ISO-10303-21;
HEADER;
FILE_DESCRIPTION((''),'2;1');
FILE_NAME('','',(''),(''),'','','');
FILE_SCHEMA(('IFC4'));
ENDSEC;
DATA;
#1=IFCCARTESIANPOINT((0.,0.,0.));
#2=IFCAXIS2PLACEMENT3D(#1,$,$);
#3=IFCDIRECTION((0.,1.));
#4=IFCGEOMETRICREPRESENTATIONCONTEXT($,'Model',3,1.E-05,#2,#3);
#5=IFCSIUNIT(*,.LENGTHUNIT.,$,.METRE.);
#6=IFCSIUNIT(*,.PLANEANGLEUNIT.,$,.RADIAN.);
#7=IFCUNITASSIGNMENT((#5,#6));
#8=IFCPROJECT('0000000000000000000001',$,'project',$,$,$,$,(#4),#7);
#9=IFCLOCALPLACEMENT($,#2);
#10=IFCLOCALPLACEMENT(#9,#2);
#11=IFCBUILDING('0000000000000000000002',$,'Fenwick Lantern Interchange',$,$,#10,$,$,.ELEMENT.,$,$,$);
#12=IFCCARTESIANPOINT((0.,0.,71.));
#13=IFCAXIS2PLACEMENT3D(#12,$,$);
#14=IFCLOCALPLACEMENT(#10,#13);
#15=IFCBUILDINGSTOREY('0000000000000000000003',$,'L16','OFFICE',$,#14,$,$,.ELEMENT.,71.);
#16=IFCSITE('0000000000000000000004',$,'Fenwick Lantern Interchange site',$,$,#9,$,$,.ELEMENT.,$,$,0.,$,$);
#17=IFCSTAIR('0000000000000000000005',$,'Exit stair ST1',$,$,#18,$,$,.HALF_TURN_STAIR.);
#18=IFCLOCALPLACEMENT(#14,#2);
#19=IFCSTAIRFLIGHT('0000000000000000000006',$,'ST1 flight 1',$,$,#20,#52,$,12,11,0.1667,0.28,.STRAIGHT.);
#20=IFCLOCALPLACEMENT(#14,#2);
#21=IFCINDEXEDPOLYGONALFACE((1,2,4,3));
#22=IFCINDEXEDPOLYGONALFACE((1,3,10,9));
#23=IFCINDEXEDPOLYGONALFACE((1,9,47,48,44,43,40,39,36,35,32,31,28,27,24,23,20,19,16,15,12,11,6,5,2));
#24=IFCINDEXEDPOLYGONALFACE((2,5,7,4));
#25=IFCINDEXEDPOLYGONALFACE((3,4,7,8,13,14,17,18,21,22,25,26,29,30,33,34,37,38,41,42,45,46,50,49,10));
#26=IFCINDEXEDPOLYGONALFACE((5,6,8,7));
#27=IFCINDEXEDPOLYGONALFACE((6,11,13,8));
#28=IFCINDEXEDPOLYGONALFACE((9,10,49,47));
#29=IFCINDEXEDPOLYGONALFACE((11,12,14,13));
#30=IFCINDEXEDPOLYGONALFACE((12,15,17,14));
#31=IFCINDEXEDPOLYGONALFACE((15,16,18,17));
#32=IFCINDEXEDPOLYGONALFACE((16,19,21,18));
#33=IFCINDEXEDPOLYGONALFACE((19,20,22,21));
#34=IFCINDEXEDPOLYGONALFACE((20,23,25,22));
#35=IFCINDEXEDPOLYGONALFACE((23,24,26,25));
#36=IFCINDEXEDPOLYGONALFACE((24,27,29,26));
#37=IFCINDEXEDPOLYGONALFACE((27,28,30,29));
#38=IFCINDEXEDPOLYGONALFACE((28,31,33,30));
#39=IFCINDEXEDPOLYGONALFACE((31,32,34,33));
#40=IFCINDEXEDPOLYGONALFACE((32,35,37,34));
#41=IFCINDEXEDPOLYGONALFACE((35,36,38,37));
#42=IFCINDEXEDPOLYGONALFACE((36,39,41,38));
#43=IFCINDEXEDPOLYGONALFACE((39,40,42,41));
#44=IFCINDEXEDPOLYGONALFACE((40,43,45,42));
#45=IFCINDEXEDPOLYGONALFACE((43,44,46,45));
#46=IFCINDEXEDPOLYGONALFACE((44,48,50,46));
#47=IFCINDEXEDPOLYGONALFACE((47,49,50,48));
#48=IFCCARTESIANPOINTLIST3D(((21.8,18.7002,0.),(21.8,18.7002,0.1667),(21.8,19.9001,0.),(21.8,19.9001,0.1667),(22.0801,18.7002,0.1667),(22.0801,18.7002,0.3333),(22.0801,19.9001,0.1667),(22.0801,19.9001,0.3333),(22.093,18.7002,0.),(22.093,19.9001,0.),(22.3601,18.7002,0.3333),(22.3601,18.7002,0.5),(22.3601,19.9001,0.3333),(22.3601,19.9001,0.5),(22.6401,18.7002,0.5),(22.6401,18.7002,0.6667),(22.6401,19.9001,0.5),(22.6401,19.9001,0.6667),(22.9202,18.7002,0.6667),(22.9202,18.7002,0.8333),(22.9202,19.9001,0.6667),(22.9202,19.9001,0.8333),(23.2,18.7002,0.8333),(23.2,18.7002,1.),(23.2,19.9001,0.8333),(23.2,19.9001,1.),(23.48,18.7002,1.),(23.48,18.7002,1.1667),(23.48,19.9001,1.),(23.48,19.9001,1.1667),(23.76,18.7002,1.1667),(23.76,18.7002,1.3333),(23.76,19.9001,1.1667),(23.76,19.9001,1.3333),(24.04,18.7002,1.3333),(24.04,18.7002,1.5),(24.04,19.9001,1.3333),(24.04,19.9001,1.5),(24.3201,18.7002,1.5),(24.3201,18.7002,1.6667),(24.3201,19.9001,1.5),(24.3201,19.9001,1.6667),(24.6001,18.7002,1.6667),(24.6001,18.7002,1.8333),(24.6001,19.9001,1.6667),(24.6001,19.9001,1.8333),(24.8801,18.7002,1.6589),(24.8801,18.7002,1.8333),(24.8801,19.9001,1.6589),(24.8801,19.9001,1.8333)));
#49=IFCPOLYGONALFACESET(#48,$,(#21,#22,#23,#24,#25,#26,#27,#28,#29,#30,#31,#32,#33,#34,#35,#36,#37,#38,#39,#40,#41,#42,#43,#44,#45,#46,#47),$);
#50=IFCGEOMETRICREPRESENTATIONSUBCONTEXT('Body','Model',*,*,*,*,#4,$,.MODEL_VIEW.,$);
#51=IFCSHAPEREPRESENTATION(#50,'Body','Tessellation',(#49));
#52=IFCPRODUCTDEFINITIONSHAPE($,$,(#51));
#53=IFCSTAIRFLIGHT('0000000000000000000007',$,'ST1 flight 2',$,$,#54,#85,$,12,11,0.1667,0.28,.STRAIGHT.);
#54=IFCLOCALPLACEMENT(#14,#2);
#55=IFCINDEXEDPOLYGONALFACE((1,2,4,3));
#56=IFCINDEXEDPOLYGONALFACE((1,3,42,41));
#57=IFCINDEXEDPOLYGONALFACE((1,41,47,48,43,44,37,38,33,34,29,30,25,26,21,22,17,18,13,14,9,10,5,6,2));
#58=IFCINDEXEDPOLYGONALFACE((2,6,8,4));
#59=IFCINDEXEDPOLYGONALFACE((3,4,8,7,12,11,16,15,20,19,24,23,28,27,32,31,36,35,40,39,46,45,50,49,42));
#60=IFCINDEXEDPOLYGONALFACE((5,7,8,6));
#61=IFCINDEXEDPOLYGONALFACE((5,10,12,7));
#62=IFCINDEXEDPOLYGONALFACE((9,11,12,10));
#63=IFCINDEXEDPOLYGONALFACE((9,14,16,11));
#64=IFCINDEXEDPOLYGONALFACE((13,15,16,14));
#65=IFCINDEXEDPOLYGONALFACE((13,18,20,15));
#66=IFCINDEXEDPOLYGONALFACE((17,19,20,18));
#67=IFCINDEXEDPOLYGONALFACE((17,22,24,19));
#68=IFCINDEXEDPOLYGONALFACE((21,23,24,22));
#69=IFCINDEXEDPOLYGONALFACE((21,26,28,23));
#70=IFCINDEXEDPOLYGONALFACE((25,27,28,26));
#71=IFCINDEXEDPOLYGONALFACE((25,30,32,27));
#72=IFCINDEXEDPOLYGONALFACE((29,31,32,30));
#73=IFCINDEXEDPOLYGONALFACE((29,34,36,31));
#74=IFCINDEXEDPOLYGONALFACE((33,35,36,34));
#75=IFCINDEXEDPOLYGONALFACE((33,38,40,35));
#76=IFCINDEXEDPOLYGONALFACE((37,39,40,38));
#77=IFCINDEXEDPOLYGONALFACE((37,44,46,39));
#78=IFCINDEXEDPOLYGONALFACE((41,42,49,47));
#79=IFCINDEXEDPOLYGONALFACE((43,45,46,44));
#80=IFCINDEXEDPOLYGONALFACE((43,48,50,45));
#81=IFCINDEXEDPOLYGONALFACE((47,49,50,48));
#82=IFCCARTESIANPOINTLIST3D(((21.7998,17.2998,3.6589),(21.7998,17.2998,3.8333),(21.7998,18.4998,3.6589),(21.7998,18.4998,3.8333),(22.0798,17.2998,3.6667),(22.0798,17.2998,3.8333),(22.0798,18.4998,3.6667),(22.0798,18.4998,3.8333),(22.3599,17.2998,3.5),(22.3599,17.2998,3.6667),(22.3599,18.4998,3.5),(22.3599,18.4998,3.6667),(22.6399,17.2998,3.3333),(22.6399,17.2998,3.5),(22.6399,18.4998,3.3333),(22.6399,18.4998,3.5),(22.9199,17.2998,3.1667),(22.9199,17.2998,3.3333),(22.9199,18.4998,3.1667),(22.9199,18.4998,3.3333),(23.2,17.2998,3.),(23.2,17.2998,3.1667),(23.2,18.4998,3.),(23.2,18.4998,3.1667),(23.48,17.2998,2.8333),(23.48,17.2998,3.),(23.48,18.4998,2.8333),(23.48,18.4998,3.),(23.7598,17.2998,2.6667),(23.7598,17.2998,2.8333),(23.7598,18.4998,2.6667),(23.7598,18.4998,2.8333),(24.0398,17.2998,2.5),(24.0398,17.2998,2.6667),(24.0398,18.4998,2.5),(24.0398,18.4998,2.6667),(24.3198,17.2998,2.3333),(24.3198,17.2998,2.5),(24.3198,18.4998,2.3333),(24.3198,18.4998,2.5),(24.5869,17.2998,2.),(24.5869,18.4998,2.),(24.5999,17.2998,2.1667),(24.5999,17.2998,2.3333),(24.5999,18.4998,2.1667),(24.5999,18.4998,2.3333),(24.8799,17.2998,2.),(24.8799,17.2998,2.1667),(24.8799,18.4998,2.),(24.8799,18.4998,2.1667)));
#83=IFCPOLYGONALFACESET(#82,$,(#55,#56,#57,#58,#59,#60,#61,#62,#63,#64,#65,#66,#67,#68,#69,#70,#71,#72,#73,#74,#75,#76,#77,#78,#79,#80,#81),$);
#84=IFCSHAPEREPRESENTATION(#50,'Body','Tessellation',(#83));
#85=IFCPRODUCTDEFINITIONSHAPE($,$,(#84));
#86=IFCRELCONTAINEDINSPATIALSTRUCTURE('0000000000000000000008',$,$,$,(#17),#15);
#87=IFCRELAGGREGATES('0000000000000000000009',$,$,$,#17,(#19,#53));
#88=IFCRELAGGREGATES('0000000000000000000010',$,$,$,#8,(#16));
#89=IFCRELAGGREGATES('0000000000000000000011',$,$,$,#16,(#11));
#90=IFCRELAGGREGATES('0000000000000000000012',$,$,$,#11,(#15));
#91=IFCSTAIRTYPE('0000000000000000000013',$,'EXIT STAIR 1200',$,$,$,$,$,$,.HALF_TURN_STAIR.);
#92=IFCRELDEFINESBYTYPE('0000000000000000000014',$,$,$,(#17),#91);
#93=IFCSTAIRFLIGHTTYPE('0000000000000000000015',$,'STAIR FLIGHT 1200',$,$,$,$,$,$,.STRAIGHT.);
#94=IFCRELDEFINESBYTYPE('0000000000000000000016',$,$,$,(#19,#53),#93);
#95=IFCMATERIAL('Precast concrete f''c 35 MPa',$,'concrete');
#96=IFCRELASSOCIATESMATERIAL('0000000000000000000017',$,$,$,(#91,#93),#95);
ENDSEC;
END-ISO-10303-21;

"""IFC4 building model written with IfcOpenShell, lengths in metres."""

from ifc_helpers import new_model, si_unit, direction, frame, origin, place, context, subcontext, project, spatial, polyline, outline, extrude, material, type_object, element, aggregate, save


model = new_model("IFC4")

# Units and contexts
model_context = context("Model", 3, precision=1e-05, world=origin(), true_north=direction((0.0, 1.0)))
body_context = subcontext(model_context, "Body", "Model", "MODEL_VIEW")
ifc_project = project(units=[si_unit("LENGTHUNIT", "METRE"), si_unit("PLANEANGLEUNIT", "RADIAN")], contexts=[model_context])

# Site, building, storey
site_placement = place(None, origin())
site = spatial("IfcSite", under=ifc_project, at=site_placement, Name="Fenwick Lantern Interchange site", CompositionType="ELEMENT", RefElevation=0.0)
building_placement = place(site_placement, origin())
building = spatial("IfcBuilding", under=site, at=building_placement, Name="Fenwick Lantern Interchange", CompositionType="ELEMENT")
storey_placement = place(building_placement, frame((0.0, 0.0, 71.0)))
storey = spatial("IfcBuildingStorey", under=building, at=storey_placement, Name="L16", Description="OFFICE", CompositionType="ELEMENT", Elevation=71.0)

# Stair, stair flights
ifc_material_1 = material(Name="Precast concrete f'c 35 MPa", Category="concrete")
stair_type = type_object("IfcStairType", Name="EXIT STAIR 1200", PredefinedType="HALF_TURN_STAIR", material=ifc_material_1)
stair_placement = place(storey_placement, origin())
stair = element("IfcStair", 1, at=stair_placement, inside=storey, type_object=stair_type, Name="Exit stair ST1", PredefinedType="HALF_TURN_STAIR")
stair_flight_type = type_object("IfcStairFlightType", Name="STAIR FLIGHT 1200", PredefinedType="STRAIGHT", material=ifc_material_1)
stair_flight_1_placement = place(storey_placement, frame((21.8, 19.3, 0.0), z_axis=(0.0, 0.0, 1.0), x_axis=(1.0, 0.0, 0.0)))
stair_flight_1 = element("IfcStairFlight", 2, at=stair_flight_1_placement, type_object=stair_flight_type, Name="ST1 flight 1", NumberOfRisers=12, NumberOfTreads=11, PredefinedType="STRAIGHT", RiserHeight=0.1667, TreadLength=0.28, context=body_context, shape_type="SweptSolid", body=[
    extrude(outline(polyline([(0.0, 0.0), (0.0, 0.1667), (0.28, 0.1667), (0.28, 0.3333), (0.5601, 0.3333), (0.5601, 0.5), (0.8401, 0.5), (0.8401, 0.6667), (1.1201, 0.6667), (1.1201, 0.8333), (1.3999, 0.8333), (1.3999, 1.0), (1.6799, 1.0), (1.6799, 1.1667), (1.96, 1.1667), (1.96, 1.3333), (2.24, 1.3333), (2.24, 1.5), (2.52, 1.5), (2.52, 1.6667), (2.8, 1.6667), (2.8, 1.8333), (3.0801, 1.8333), (3.0801, 2.0), (3.0801, 1.6589), (0.293, 0.0), (0.0, 0.0)])), frame((0.0, 0.6001, 0.0), z_axis=(0.0, -1.0, 0.0), x_axis=(1.0, 0.0, 0.0)), (0.0, 0.0, 1.0), 1.2),
])
stair_flight_2_placement = place(storey_placement, frame((24.8799, 17.8999, 2.0), z_axis=(0.0, 0.0, 1.0), x_axis=(-1.0, 0.0, 0.0)))
stair_flight_2 = element("IfcStairFlight", 3, at=stair_flight_2_placement, type_object=stair_flight_type, Name="ST1 flight 2", NumberOfRisers=12, NumberOfTreads=11, PredefinedType="STRAIGHT", RiserHeight=0.1667, TreadLength=0.28, context=body_context, shape_type="SweptSolid", body=[
    extrude(outline(polyline([(0.0, 0.0), (0.0, 0.1667), (0.28, 0.1667), (0.28, 0.3333), (0.5601, 0.3333), (0.5601, 0.5), (0.8401, 0.5), (0.8401, 0.6667), (1.1201, 0.6667), (1.1201, 0.8333), (1.3999, 0.8333), (1.3999, 1.0), (1.6799, 1.0), (1.6799, 1.1667), (1.96, 1.1667), (1.96, 1.3333), (2.24, 1.3333), (2.24, 1.5), (2.52, 1.5), (2.52, 1.6667), (2.8, 1.6667), (2.8, 1.8333), (3.0801, 1.8333), (3.0801, 2.0), (3.0801, 1.6589), (0.293, 0.0), (0.0, 0.0)])), frame((0.0, 0.6001, 0.0), z_axis=(0.0, -1.0, 0.0), x_axis=(1.0, 0.0, 0.0)), (0.0, 0.0, 1.0), 1.2),
])
aggregate(stair, [stair_flight_1, stair_flight_2])

save(model, "model.ifc")
